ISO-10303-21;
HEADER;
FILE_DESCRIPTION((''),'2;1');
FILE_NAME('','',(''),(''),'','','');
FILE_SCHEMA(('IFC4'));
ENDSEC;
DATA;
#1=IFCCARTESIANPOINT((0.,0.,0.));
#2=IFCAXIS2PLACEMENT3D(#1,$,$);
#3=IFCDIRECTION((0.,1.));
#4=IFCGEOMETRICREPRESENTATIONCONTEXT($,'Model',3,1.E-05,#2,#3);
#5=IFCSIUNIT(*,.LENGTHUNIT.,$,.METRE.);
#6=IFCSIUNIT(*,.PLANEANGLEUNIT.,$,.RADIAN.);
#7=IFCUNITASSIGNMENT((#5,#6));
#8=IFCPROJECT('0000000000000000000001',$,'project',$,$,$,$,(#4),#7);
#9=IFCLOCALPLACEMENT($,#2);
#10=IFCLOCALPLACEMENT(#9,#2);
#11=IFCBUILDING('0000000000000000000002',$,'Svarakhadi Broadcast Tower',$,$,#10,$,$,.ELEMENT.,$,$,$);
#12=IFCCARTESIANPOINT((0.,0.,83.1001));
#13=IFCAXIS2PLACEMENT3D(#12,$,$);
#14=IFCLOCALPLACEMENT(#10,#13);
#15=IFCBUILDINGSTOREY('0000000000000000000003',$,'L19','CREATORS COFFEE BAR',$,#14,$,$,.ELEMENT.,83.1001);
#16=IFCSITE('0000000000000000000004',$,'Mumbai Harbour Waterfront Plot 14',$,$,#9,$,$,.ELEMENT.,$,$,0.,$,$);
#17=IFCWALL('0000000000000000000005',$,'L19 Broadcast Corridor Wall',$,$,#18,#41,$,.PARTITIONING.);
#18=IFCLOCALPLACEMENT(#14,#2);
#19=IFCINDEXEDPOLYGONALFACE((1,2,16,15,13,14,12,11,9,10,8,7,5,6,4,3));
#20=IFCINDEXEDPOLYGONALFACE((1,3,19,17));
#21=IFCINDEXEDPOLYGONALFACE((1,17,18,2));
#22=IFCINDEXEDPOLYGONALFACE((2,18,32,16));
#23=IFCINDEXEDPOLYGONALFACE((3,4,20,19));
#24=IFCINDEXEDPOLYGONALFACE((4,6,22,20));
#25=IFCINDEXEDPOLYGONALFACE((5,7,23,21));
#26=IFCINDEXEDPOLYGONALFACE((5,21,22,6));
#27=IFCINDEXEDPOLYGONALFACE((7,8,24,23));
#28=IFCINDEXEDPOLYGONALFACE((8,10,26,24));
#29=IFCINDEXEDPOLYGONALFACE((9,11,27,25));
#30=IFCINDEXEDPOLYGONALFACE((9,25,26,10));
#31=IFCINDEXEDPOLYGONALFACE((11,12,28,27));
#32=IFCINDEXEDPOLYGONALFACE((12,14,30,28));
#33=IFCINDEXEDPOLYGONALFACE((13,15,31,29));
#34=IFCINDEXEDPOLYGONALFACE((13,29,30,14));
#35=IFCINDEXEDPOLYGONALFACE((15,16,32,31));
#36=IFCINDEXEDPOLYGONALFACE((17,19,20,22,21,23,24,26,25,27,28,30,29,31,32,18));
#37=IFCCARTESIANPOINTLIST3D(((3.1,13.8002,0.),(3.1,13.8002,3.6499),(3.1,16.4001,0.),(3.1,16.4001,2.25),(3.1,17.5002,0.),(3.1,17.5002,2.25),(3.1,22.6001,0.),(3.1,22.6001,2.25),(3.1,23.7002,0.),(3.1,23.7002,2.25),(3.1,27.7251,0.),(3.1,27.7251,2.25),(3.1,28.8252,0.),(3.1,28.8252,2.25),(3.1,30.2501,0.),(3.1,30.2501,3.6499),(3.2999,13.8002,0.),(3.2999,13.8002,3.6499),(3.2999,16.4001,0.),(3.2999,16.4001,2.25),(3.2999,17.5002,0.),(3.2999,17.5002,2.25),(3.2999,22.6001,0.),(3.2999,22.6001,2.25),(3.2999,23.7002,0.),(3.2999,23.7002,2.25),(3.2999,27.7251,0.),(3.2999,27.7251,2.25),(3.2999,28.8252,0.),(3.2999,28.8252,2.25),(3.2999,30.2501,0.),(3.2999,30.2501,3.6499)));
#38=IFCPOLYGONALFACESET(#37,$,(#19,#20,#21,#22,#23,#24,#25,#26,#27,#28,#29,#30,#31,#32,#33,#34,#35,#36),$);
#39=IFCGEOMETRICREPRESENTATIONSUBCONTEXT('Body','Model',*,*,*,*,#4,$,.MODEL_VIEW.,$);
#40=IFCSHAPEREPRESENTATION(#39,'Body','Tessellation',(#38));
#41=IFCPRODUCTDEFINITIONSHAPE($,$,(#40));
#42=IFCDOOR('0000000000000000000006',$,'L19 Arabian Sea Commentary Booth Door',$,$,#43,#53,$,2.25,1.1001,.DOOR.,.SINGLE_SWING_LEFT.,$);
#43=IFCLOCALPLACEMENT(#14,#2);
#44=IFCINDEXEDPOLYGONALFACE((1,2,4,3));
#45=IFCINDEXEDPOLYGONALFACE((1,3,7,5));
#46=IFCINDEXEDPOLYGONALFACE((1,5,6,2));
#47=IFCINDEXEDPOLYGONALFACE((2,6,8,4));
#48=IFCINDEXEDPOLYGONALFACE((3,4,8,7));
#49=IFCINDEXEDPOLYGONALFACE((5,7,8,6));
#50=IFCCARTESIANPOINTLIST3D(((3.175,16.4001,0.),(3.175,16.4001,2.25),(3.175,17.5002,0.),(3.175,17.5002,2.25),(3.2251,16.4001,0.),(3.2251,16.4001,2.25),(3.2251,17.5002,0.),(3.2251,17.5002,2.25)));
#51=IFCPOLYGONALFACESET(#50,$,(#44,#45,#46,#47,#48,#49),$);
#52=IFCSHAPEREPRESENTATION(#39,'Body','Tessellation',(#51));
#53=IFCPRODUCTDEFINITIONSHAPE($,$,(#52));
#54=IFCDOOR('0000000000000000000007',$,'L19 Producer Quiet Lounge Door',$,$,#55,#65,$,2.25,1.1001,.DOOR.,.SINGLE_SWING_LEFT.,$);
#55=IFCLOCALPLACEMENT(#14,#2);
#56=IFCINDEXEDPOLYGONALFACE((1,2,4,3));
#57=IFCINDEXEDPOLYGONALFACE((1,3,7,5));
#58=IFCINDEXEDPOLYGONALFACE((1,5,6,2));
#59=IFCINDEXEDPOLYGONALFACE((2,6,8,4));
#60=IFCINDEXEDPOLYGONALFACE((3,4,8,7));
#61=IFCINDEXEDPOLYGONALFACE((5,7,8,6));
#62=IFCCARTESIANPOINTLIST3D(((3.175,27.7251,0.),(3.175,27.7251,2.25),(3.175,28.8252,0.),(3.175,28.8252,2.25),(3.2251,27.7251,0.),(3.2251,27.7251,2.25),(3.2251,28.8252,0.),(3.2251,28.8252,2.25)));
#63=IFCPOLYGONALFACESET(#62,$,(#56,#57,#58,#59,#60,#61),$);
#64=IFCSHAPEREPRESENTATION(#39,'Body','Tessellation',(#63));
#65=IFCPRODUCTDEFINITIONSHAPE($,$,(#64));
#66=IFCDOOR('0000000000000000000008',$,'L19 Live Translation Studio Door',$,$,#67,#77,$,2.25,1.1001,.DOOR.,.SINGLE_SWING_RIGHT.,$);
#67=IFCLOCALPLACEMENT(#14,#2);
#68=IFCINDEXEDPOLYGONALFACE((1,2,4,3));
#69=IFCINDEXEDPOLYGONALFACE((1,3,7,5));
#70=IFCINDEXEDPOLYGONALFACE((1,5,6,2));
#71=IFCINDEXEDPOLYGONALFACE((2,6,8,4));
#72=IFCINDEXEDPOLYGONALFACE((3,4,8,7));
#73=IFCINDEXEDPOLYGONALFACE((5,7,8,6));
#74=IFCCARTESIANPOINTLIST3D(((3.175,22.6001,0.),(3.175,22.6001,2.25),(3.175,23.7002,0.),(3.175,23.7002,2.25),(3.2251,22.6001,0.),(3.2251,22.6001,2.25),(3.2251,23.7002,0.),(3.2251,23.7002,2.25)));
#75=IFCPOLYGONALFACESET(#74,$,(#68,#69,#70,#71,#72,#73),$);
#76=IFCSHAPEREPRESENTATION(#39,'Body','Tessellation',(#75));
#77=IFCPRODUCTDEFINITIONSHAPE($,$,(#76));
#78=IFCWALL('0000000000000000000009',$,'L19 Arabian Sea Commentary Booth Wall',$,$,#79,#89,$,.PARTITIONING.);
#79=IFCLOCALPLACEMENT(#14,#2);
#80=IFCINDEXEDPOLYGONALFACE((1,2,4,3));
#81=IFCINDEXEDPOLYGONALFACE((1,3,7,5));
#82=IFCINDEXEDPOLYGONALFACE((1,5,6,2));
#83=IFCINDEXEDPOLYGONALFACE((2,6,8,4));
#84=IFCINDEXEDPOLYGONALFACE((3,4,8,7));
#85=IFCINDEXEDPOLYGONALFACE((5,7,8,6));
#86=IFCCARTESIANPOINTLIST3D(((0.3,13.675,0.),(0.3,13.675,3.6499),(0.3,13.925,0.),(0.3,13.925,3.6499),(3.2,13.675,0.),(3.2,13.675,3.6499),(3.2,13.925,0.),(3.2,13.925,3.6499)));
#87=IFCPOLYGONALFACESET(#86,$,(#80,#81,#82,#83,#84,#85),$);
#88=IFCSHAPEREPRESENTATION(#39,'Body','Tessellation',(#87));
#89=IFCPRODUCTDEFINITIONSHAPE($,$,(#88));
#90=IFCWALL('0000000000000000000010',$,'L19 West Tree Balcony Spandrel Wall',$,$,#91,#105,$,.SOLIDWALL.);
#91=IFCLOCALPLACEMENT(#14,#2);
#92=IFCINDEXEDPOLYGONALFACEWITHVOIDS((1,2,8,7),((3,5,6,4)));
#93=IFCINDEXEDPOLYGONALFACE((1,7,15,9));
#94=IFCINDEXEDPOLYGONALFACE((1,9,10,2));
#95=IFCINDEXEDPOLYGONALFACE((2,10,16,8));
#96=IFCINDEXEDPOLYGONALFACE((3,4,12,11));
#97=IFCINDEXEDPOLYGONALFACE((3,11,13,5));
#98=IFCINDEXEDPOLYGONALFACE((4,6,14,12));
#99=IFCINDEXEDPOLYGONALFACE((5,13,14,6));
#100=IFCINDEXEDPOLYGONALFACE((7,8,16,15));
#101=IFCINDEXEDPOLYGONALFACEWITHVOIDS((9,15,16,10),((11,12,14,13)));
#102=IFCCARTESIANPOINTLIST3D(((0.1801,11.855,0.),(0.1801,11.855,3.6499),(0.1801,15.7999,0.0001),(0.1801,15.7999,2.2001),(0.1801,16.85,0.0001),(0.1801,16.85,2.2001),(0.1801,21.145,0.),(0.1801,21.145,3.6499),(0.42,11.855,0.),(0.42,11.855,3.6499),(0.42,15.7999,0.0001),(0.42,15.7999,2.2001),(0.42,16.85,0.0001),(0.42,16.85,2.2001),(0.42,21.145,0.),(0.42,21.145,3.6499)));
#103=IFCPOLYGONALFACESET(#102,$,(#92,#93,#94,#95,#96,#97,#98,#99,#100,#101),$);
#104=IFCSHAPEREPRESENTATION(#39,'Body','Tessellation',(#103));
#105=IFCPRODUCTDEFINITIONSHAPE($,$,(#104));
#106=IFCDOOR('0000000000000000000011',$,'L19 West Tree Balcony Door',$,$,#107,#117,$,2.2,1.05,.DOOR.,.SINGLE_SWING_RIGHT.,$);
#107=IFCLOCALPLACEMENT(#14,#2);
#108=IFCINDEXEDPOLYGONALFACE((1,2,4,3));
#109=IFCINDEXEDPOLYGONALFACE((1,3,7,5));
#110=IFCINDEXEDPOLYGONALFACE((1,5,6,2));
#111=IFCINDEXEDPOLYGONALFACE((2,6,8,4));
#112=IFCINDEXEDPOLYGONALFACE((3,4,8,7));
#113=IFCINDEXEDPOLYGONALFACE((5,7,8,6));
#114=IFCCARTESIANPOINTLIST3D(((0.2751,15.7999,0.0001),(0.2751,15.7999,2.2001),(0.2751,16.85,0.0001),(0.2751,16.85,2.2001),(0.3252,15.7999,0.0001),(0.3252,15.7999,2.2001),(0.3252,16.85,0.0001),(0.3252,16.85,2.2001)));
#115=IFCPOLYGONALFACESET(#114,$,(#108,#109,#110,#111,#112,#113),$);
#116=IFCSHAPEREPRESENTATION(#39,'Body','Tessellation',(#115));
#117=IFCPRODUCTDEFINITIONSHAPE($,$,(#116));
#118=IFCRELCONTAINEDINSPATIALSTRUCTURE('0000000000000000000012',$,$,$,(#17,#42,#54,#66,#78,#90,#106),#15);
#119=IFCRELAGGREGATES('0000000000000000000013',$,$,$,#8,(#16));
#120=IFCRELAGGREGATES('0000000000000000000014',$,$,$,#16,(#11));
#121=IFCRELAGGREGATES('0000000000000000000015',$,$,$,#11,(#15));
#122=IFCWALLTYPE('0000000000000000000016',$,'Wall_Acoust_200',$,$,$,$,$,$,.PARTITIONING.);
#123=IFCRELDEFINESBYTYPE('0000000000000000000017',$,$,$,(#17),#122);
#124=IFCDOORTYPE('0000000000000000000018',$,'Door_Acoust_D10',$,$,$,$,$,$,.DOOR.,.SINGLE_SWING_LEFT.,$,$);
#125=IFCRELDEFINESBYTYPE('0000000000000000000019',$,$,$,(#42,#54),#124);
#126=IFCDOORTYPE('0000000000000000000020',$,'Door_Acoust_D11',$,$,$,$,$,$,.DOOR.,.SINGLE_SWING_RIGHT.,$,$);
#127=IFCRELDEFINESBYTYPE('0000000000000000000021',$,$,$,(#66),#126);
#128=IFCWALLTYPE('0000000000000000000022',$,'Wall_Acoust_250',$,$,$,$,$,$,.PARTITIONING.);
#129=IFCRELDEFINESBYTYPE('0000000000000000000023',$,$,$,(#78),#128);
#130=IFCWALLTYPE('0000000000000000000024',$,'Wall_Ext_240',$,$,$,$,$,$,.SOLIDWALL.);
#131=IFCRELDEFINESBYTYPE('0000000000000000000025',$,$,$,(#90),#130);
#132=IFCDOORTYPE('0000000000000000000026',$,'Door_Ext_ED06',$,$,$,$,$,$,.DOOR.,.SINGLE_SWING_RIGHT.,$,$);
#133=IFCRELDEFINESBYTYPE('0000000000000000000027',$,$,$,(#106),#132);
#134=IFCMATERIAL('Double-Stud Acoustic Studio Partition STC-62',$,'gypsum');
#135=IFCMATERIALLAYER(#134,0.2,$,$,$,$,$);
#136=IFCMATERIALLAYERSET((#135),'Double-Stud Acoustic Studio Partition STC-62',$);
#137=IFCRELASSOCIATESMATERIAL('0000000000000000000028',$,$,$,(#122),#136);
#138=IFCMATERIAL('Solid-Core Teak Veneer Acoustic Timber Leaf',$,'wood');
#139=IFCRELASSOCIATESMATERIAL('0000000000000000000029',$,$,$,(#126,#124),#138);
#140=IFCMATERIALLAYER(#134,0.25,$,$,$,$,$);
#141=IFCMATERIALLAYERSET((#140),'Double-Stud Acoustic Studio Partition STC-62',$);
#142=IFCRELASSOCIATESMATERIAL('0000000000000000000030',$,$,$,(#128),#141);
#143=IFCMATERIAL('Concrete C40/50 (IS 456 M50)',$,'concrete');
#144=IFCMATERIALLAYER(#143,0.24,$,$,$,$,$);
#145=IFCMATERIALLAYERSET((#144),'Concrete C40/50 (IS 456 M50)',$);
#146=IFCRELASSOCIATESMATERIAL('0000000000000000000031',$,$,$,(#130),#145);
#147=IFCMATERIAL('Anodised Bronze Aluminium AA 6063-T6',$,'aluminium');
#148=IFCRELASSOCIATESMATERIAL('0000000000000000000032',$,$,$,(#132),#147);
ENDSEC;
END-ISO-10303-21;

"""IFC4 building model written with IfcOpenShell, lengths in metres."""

from ifc_helpers import new_model, si_unit, direction, frame, frame_2d, origin, place, context, subcontext, project, spatial, rectangle, extrude, material, layer, layer_set, type_object, element, fill, save


model = new_model("IFC4")

# Units and contexts
model_context = context("Model", 3, precision=1e-05, world=origin(), true_north=direction((0.0, 1.0)))
body_context = subcontext(model_context, "Body", "Model", "MODEL_VIEW")
ifc_project = project(units=[si_unit("LENGTHUNIT", "METRE"), si_unit("PLANEANGLEUNIT", "RADIAN")], contexts=[model_context])

# Site, building, storey
site_placement = place(None, origin())
site = spatial("IfcSite", under=ifc_project, at=site_placement, Name="Mumbai Harbour Waterfront Plot 14", CompositionType="ELEMENT", RefElevation=0.0)
building_placement = place(site_placement, origin())
building = spatial("IfcBuilding", under=site, at=building_placement, Name="Svarakhadi Broadcast Tower", CompositionType="ELEMENT")
storey_placement = place(building_placement, frame((0.0, 0.0, 83.1001)))
storey = spatial("IfcBuildingStorey", under=building, at=storey_placement, Name="L19", Description="CREATORS COFFEE BAR", CompositionType="ELEMENT", Elevation=83.1001)

# Shared definitions
ifc_material_1 = material(Name="Anodised Bronze Aluminium AA 6063-T6", Category="aluminium")

# Shared definitions
ifc_material_2 = material(Name="Double-Stud Acoustic Studio Partition STC-62", Category="gypsum")
ifc_layer_1 = layer(ifc_material_2, 0.2)
ifc_layer_set_1 = layer_set([ifc_layer_1], Name="Double-Stud Acoustic Studio Partition STC-62")
wall_type_1 = type_object("IfcWallType", Name="Wall_Acoust_200", PredefinedType="PARTITIONING", material=ifc_layer_set_1)
ifc_material_3 = material(Name="Solid-Core Teak Veneer Acoustic Timber Leaf", Category="wood")
door_type_1 = type_object("IfcDoorType", Name="Door_Acoust_D11", OperationType="SINGLE_SWING_RIGHT", PredefinedType="DOOR", material=ifc_material_3)

# Wall, openings, doors
wall_1_placement = place(storey_placement, frame((3.2, 13.8, 0.0), z_axis=(0.0, 0.0, 1.0), x_axis=(0.0, 1.0, 0.0)))
wall_1 = element("IfcWall", 1, at=wall_1_placement, inside=storey, type_object=wall_type_1, Name="L19 Broadcast Corridor Wall", PredefinedType="PARTITIONING", context=body_context, shape_type="SweptSolid", body=[
    extrude(rectangle(XDim=16.45, YDim=0.2, at=frame_2d((8.2251, 0.0))), origin(), (0.0, 0.0, 1.0), 3.6499),
])
opening_1_placement = place(wall_1_placement, frame((2.6001, 0.0, 0.0)))
opening_1 = element("IfcOpeningElement", 2, at=opening_1_placement, cuts=wall_1, PredefinedType="OPENING", context=body_context, shape_type="SweptSolid", body=[
    extrude(rectangle(XDim=1.1001, YDim=2.25, at=frame_2d((0.55, 1.125))), frame((0.0, 0.1099, 0.0), z_axis=(0.0, -1.0, 0.0), x_axis=(1.0, 0.0, 0.0)), (0.0, 0.0, 1.0), 0.22),
])
opening_2_placement = place(wall_1_placement, frame((8.8, 0.0, 0.0)))
opening_2 = element("IfcOpeningElement", 3, at=opening_2_placement, cuts=wall_1, PredefinedType="OPENING", context=body_context, shape_type="SweptSolid", body=[
    extrude(rectangle(XDim=1.1001, YDim=2.25, at=frame_2d((0.55, 1.125))), frame((0.0, 0.1099, 0.0), z_axis=(0.0, -1.0, 0.0), x_axis=(1.0, 0.0, 0.0)), (0.0, 0.0, 1.0), 0.22),
])
opening_3_placement = place(wall_1_placement, frame((13.925, 0.0, 0.0)))
opening_3 = element("IfcOpeningElement", 4, at=opening_3_placement, cuts=wall_1, PredefinedType="OPENING", context=body_context, shape_type="SweptSolid", body=[
    extrude(rectangle(XDim=1.1001, YDim=2.25, at=frame_2d((0.55, 1.125))), frame((0.0, 0.1099, 0.0), z_axis=(0.0, -1.0, 0.0), x_axis=(1.0, 0.0, 0.0)), (0.0, 0.0, 1.0), 0.22),
])
door_type_2 = type_object("IfcDoorType", Name="Door_Acoust_D10", OperationType="SINGLE_SWING_LEFT", PredefinedType="DOOR", material=ifc_material_3)
door_1_placement = place(opening_1_placement, origin())
door_1 = element("IfcDoor", 5, at=door_1_placement, inside=storey, type_object=door_type_2, Name="L19 Arabian Sea Commentary Booth Door", OperationType="SINGLE_SWING_LEFT", OverallHeight=2.25, OverallWidth=1.1001, PredefinedType="DOOR", context=body_context, shape_type="SweptSolid", body=[
    extrude(rectangle(XDim=1.1001, YDim=2.25, at=frame_2d((0.55, 1.125))), frame((0.0, 0.0249, 0.0), z_axis=(0.0, -1.0, 0.0), x_axis=(1.0, 0.0, 0.0)), (0.0, 0.0, 1.0), 0.05),
])
fill(opening_1, door_1)
door_2_placement = place(opening_3_placement, origin())
door_2 = element("IfcDoor", 6, at=door_2_placement, inside=storey, type_object=door_type_2, Name="L19 Producer Quiet Lounge Door", OperationType="SINGLE_SWING_LEFT", OverallHeight=2.25, OverallWidth=1.1001, PredefinedType="DOOR", context=body_context, shape_type="SweptSolid", body=[
    extrude(rectangle(XDim=1.1001, YDim=2.25, at=frame_2d((0.55, 1.125))), frame((0.0, 0.0249, 0.0), z_axis=(0.0, -1.0, 0.0), x_axis=(1.0, 0.0, 0.0)), (0.0, 0.0, 1.0), 0.05),
])
fill(opening_3, door_2)
door_3_placement = place(opening_2_placement, origin())
door_3 = element("IfcDoor", 7, at=door_3_placement, inside=storey, type_object=door_type_1, Name="L19 Live Translation Studio Door", OperationType="SINGLE_SWING_RIGHT", OverallHeight=2.25, OverallWidth=1.1001, PredefinedType="DOOR", context=body_context, shape_type="SweptSolid", body=[
    extrude(rectangle(XDim=1.1001, YDim=2.25, at=frame_2d((0.55, 1.125))), frame((0.0, 0.0249, 0.0), z_axis=(0.0, -1.0, 0.0), x_axis=(1.0, 0.0, 0.0)), (0.0, 0.0, 1.0), 0.05),
])
fill(opening_2, door_3)

# Wall
ifc_layer_2 = layer(ifc_material_2, 0.25)
ifc_layer_set_2 = layer_set([ifc_layer_2], Name="Double-Stud Acoustic Studio Partition STC-62")
wall_type_2 = type_object("IfcWallType", Name="Wall_Acoust_250", PredefinedType="PARTITIONING", material=ifc_layer_set_2)
wall_2_placement = place(storey_placement, frame((0.3, 13.8, 0.0), z_axis=(0.0, 0.0, 1.0), x_axis=(1.0, 0.0, 0.0)))
element("IfcWall", 8, at=wall_2_placement, inside=storey, type_object=wall_type_2, Name="L19 Arabian Sea Commentary Booth Wall", PredefinedType="PARTITIONING", context=body_context, shape_type="SweptSolid", body=[
    extrude(rectangle(XDim=2.8999, YDim=0.25, at=frame_2d((1.45, 0.0))), origin(), (0.0, 0.0, 1.0), 3.6499),
])

# Wall, opening, door
ifc_material_4 = material(Name="Concrete C40/50 (IS 456 M50)", Category="concrete")
ifc_layer_3 = layer(ifc_material_4, 0.24)
ifc_layer_set_3 = layer_set([ifc_layer_3], Name="Concrete C40/50 (IS 456 M50)")
wall_type_3 = type_object("IfcWallType", Name="Wall_Ext_240", PredefinedType="SOLIDWALL", material=ifc_layer_set_3)
wall_3_placement = place(storey_placement, frame((0.3, 11.855, 0.0), z_axis=(0.0, 0.0, 1.0), x_axis=(0.0, 1.0, 0.0)))
wall_3 = element("IfcWall", 9, at=wall_3_placement, inside=storey, type_object=wall_type_3, Name="L19 West Tree Balcony Spandrel Wall", PredefinedType="SOLIDWALL", context=body_context, shape_type="SweptSolid", body=[
    extrude(rectangle(XDim=9.29, YDim=0.24, at=frame_2d((4.645, 0.0))), origin(), (0.0, 0.0, 1.0), 3.6499),
])
opening_4_placement = place(wall_3_placement, frame((3.9451, 0.0, 0.0)))
opening_4 = element("IfcOpeningElement", 10, at=opening_4_placement, cuts=wall_3, PredefinedType="OPENING", context=body_context, shape_type="SweptSolid", body=[
    extrude(rectangle(XDim=1.05, YDim=2.2, at=frame_2d((0.5249, 1.1001))), frame((0.0, 0.1299, 0.0), z_axis=(0.0, -1.0, 0.0), x_axis=(1.0, 0.0, 0.0)), (0.0, 0.0, 1.0), 0.26),
])
door_type_3 = type_object("IfcDoorType", Name="Door_Ext_ED06", OperationType="SINGLE_SWING_RIGHT", PredefinedType="DOOR", material=ifc_material_1)
door_4_placement = place(opening_4_placement, origin())
door_4 = element("IfcDoor", 11, at=door_4_placement, inside=storey, type_object=door_type_3, Name="L19 West Tree Balcony Door", OperationType="SINGLE_SWING_RIGHT", OverallHeight=2.2, OverallWidth=1.05, PredefinedType="DOOR", context=body_context, shape_type="SweptSolid", body=[
    extrude(rectangle(XDim=1.05, YDim=2.2, at=frame_2d((0.5249, 1.1001))), frame((0.0, 0.0249, 0.0), z_axis=(0.0, -1.0, 0.0), x_axis=(1.0, 0.0, 0.0)), (0.0, 0.0, 1.0), 0.05),
])
fill(opening_4, door_4)

save(model, "model.ifc")
